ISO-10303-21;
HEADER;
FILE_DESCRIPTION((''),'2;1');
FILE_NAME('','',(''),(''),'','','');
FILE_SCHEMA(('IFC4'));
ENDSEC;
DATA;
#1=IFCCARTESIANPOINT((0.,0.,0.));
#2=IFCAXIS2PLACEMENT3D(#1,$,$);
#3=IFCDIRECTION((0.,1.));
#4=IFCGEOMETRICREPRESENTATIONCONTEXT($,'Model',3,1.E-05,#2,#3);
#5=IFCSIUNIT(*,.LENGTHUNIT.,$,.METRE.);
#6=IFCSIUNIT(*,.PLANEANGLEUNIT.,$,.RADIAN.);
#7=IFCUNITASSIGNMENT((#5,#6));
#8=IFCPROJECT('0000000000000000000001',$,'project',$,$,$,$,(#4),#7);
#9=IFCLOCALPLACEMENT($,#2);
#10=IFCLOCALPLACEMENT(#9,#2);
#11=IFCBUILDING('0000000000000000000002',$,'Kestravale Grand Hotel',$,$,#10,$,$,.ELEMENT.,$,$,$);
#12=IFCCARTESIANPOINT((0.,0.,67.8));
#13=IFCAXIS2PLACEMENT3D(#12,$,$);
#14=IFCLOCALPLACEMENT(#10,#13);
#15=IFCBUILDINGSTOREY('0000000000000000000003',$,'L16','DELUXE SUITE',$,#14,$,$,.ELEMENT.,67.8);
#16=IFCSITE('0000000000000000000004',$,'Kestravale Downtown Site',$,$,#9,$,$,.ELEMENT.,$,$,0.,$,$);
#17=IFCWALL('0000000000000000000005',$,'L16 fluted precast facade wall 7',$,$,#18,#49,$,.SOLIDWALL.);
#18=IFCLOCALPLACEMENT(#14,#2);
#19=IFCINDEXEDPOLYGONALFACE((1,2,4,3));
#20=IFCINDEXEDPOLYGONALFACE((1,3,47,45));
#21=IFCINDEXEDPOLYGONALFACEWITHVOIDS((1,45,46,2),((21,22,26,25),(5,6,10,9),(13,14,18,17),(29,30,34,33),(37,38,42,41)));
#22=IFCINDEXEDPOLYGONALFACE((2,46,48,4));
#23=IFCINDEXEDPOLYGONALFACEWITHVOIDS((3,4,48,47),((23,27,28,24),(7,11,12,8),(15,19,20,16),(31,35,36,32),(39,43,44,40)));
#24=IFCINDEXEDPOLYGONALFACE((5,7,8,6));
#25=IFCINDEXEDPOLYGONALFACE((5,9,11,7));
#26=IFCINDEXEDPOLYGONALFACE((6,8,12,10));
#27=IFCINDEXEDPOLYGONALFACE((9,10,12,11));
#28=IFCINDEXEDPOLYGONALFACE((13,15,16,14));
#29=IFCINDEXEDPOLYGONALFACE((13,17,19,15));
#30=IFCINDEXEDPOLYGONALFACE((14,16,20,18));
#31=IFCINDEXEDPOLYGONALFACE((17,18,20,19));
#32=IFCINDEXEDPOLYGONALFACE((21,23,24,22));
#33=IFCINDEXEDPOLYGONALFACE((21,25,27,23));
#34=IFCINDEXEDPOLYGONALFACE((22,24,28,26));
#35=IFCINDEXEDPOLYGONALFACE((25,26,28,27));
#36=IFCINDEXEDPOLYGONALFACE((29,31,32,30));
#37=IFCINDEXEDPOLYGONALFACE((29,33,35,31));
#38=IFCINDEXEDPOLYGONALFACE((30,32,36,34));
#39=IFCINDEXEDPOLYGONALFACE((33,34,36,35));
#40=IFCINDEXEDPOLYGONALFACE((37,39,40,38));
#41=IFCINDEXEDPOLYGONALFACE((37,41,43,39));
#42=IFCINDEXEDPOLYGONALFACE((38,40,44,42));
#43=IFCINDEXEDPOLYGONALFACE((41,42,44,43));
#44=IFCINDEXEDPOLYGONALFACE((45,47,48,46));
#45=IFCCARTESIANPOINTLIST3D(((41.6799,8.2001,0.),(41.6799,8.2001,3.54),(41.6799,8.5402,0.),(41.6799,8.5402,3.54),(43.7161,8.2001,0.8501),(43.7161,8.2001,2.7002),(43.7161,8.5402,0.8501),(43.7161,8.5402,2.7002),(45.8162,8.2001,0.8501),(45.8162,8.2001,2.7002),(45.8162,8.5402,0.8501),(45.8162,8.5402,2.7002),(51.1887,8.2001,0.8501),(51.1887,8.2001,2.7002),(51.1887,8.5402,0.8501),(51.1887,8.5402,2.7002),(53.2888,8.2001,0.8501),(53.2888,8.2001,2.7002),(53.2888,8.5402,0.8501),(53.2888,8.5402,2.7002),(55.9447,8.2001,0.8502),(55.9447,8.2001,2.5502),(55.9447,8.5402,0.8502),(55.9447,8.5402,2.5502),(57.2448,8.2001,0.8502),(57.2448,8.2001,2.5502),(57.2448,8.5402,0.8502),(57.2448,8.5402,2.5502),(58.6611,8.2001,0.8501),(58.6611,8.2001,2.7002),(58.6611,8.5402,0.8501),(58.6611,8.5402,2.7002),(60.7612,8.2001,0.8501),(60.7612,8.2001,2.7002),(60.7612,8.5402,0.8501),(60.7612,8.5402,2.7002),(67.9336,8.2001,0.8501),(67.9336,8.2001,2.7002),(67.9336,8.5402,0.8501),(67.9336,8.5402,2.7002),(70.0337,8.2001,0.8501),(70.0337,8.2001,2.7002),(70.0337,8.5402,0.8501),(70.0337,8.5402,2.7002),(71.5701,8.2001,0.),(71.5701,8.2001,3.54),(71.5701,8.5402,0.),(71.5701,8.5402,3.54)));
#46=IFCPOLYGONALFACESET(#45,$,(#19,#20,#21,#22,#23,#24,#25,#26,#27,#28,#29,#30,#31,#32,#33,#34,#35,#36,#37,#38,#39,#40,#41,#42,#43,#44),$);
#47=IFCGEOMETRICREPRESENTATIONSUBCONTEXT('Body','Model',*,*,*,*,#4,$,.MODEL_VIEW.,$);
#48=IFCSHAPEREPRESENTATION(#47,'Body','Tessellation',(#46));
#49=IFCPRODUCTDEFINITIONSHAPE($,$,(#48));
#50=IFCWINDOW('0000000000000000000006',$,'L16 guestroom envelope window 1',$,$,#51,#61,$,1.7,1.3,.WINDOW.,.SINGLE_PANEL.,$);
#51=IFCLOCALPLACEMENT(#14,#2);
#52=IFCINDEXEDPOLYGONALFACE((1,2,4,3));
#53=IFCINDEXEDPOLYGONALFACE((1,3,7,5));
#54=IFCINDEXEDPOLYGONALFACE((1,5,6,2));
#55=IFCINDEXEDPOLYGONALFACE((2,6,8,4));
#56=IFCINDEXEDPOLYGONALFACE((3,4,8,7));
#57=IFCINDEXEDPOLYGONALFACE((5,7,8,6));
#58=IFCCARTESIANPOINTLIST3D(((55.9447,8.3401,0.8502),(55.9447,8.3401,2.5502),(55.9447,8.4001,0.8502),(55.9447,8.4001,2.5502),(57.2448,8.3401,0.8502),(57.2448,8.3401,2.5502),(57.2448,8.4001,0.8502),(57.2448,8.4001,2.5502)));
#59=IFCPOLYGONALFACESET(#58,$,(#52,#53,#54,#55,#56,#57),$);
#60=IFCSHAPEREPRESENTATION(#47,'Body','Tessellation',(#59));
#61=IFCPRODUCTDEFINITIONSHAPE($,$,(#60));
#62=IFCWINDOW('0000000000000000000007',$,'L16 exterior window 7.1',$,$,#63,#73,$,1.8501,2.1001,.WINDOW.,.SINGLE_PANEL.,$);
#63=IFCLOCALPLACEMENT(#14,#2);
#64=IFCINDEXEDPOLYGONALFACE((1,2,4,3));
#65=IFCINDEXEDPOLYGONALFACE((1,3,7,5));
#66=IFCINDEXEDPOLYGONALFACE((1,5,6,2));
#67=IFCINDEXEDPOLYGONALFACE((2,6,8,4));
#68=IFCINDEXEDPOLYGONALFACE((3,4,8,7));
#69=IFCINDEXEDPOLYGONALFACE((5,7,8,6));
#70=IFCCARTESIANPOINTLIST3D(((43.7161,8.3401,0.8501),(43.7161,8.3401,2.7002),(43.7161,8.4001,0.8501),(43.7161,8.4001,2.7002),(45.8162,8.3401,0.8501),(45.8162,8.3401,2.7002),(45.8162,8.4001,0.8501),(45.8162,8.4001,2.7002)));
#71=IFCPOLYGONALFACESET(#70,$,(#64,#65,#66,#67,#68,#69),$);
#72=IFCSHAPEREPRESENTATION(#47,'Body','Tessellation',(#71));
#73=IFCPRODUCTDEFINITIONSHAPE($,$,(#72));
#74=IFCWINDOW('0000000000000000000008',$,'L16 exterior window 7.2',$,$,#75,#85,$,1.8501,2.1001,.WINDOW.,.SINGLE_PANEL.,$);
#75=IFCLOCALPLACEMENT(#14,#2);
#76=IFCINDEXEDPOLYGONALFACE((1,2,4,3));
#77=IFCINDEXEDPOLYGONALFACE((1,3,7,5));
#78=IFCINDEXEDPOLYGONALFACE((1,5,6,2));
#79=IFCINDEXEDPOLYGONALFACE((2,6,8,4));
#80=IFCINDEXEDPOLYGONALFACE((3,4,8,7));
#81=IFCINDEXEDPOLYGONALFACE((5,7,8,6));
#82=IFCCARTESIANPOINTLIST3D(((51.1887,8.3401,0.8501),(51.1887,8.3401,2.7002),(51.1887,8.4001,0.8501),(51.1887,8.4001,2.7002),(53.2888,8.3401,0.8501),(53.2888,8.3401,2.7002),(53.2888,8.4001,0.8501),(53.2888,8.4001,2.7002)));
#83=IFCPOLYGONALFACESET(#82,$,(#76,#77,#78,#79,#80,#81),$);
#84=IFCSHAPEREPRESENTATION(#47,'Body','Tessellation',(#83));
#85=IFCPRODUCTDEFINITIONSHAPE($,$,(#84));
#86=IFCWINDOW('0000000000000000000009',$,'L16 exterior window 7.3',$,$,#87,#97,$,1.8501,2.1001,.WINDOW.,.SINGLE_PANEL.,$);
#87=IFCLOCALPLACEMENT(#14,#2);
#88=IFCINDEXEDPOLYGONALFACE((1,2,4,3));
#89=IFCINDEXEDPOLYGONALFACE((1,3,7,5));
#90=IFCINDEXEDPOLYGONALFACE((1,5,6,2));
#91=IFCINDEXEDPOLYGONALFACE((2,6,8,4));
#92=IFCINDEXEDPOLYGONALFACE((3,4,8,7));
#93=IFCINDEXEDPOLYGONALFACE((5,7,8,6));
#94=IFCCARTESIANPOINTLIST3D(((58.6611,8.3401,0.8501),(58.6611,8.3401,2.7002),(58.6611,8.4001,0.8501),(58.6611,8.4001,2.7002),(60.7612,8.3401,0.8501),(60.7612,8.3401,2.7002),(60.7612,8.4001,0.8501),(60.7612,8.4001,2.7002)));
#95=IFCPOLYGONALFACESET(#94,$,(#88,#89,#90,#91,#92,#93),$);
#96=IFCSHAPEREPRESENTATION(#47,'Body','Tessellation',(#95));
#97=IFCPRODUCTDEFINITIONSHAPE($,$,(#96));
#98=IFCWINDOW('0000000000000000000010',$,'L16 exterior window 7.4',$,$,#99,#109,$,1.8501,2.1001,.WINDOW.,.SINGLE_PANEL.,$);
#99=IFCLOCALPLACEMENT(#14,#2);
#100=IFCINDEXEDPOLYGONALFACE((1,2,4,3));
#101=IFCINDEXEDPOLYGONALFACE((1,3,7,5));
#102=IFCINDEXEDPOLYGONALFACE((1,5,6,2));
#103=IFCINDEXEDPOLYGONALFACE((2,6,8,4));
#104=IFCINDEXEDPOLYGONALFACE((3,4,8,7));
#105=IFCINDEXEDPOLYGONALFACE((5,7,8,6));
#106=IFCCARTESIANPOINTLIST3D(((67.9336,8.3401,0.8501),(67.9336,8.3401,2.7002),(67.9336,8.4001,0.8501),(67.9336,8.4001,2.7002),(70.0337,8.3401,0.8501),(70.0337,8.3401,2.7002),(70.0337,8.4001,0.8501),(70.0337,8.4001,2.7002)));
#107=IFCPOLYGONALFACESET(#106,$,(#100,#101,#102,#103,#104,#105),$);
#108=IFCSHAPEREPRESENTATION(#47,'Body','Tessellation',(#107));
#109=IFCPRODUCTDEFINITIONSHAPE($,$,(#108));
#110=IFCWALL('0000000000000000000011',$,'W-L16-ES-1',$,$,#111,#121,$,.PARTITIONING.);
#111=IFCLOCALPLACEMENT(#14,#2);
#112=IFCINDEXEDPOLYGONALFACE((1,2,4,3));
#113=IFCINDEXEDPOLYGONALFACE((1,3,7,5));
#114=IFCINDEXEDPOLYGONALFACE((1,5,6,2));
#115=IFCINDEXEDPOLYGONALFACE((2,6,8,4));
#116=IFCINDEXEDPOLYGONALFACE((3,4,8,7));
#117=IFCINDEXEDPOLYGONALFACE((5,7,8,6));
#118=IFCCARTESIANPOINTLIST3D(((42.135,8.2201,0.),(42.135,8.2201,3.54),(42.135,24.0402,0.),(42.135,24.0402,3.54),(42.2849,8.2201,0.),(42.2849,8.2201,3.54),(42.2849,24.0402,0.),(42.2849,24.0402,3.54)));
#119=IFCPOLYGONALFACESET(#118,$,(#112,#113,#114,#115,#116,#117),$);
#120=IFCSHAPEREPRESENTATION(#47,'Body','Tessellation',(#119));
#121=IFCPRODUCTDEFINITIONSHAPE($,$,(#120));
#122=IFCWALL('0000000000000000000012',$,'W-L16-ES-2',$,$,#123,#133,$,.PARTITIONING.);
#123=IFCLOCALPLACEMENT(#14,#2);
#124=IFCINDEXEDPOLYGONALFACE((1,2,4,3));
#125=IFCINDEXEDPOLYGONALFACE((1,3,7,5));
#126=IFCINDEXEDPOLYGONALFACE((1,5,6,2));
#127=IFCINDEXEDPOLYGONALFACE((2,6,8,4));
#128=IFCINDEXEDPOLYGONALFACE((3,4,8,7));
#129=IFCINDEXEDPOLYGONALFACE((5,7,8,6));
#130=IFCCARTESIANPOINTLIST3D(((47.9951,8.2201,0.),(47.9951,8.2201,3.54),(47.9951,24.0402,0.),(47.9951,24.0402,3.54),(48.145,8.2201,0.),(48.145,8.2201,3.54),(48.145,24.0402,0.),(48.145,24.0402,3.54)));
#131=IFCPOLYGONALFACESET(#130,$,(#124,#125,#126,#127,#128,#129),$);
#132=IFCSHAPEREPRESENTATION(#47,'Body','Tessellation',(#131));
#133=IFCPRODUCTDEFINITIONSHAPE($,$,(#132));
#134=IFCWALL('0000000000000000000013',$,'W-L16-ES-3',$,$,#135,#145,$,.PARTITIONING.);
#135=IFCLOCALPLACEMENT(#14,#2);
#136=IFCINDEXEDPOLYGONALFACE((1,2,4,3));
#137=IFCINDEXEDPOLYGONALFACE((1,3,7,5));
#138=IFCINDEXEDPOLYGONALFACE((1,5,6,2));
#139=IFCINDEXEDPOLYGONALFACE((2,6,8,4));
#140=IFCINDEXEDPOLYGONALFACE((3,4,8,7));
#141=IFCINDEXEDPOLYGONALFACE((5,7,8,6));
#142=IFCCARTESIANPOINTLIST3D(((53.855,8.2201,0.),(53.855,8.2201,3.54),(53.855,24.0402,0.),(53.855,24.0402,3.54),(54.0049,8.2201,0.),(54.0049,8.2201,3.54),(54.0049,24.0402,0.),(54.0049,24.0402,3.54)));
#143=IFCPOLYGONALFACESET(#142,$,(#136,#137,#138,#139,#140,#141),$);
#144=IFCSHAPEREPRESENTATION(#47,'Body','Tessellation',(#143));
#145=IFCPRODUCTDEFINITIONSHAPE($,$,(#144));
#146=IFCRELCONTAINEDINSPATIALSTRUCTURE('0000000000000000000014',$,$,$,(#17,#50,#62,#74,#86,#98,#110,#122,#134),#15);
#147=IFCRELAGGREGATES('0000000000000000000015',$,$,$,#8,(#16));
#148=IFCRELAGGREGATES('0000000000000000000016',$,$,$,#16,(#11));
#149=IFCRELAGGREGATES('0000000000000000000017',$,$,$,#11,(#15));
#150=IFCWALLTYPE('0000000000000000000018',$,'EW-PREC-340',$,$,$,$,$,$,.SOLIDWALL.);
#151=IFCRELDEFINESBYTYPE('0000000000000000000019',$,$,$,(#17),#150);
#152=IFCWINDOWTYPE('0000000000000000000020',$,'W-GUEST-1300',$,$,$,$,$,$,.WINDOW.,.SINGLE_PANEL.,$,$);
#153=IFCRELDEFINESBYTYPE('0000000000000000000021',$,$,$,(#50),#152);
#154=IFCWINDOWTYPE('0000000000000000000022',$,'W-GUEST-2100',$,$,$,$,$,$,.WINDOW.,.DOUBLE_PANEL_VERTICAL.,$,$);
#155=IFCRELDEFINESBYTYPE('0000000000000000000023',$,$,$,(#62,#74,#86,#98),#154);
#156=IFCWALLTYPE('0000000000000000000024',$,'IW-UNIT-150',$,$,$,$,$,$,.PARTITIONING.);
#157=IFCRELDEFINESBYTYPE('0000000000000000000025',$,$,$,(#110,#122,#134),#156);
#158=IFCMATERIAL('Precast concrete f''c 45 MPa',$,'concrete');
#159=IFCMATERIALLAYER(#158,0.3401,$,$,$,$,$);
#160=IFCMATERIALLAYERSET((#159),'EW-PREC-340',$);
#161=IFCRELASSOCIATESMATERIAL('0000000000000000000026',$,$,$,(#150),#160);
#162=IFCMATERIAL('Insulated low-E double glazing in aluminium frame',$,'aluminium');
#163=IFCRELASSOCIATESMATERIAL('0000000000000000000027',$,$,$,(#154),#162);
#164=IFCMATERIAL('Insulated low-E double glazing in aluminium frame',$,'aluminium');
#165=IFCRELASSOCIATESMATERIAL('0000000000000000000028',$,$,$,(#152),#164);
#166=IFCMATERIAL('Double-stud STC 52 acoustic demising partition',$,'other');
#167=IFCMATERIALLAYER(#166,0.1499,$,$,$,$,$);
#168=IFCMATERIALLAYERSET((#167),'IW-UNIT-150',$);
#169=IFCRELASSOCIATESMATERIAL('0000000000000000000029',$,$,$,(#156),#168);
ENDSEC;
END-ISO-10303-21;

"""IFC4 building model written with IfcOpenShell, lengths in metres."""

from ifc_helpers import new_model, si_unit, direction, frame, frame_2d, origin, place, context, subcontext, project, spatial, rectangle, extrude, material, layer, layer_set, type_object, element, fill, save


model = new_model("IFC4")

# Units and contexts
model_context = context("Model", 3, precision=1e-05, world=origin(), true_north=direction((0.0, 1.0)))
body_context = subcontext(model_context, "Body", "Model", "MODEL_VIEW")
ifc_project = project(units=[si_unit("LENGTHUNIT", "METRE"), si_unit("PLANEANGLEUNIT", "RADIAN")], contexts=[model_context])

# Site, building, storey
site_placement = place(None, origin())
site = spatial("IfcSite", under=ifc_project, at=site_placement, Name="Kestravale Downtown Site", CompositionType="ELEMENT", RefElevation=0.0)
building_placement = place(site_placement, origin())
building = spatial("IfcBuilding", under=site, at=building_placement, Name="Kestravale Grand Hotel", CompositionType="ELEMENT")
storey_placement = place(building_placement, frame((0.0, 0.0, 67.8)))
storey = spatial("IfcBuildingStorey", under=building, at=storey_placement, Name="L16", Description="DELUXE SUITE", CompositionType="ELEMENT", Elevation=67.8)

# Shared definitions
ifc_material_1 = material(Name="Precast concrete f'c 45 MPa", Category="concrete")
ifc_layer_1 = layer(ifc_material_1, 0.3401)
ifc_layer_set_1 = layer_set([ifc_layer_1], Name="EW-PREC-340")
wall_type_1 = type_object("IfcWallType", Name="EW-PREC-340", PredefinedType="SOLIDWALL", material=ifc_layer_set_1)

# Shared definitions
ifc_material_2 = material(Name="Insulated low-E double glazing in aluminium frame", Category="aluminium")
window_type_1 = type_object("IfcWindowType", Name="W-GUEST-2100", PartitioningType="DOUBLE_PANEL_VERTICAL", PredefinedType="WINDOW", material=ifc_material_2)

# Wall, openings, windows
wall_1_placement = place(storey_placement, frame((41.6799, 8.3701, 0.0), z_axis=(0.0, 0.0, 1.0), x_axis=(1.0, 0.0, 0.0)))
wall_1 = element("IfcWall", 1, at=wall_1_placement, inside=storey, type_object=wall_type_1, Name="L16 fluted precast facade wall 7", PredefinedType="SOLIDWALL", context=body_context, shape_type="SweptSolid", body=[
    extrude(rectangle(XDim=29.8901, YDim=0.3401, at=frame_2d((14.9451, 0.0))), origin(), (0.0, 0.0, 1.0), 3.54),
])
opening_1_placement = place(wall_1_placement, frame((2.0361, 0.0, 0.8501)))
opening_1 = element("IfcOpeningElement", 2, at=opening_1_placement, cuts=wall_1, PredefinedType="OPENING", context=body_context, shape_type="SweptSolid", body=[
    extrude(rectangle(XDim=2.1001, YDim=1.8501, at=frame_2d((1.05, 0.925))), frame((0.0, 0.1799, 0.0), z_axis=(0.0, -1.0, 0.0), x_axis=(1.0, 0.0, 0.0)), (0.0, 0.0, 1.0), 0.3601),
])
opening_2_placement = place(wall_1_placement, frame((9.5088, 0.0, 0.8501)))
opening_2 = element("IfcOpeningElement", 3, at=opening_2_placement, cuts=wall_1, PredefinedType="OPENING", context=body_context, shape_type="SweptSolid", body=[
    extrude(rectangle(XDim=2.1001, YDim=1.8501, at=frame_2d((1.05, 0.925))), frame((0.0, 0.1799, 0.0), z_axis=(0.0, -1.0, 0.0), x_axis=(1.0, 0.0, 0.0)), (0.0, 0.0, 1.0), 0.3601),
])
opening_3_placement = place(wall_1_placement, frame((16.9812, 0.0, 0.8501)))
opening_3 = element("IfcOpeningElement", 4, at=opening_3_placement, cuts=wall_1, PredefinedType="OPENING", context=body_context, shape_type="SweptSolid", body=[
    extrude(rectangle(XDim=2.1001, YDim=1.8501, at=frame_2d((1.05, 0.925))), frame((0.0, 0.1799, 0.0), z_axis=(0.0, -1.0, 0.0), x_axis=(1.0, 0.0, 0.0)), (0.0, 0.0, 1.0), 0.3601),
])
opening_4_placement = place(wall_1_placement, frame((26.2537, 0.0, 0.8501)))
opening_4 = element("IfcOpeningElement", 5, at=opening_4_placement, cuts=wall_1, PredefinedType="OPENING", context=body_context, shape_type="SweptSolid", body=[
    extrude(rectangle(XDim=2.1001, YDim=1.8501, at=frame_2d((1.05, 0.925))), frame((0.0, 0.1799, 0.0), z_axis=(0.0, -1.0, 0.0), x_axis=(1.0, 0.0, 0.0)), (0.0, 0.0, 1.0), 0.3601),
])
opening_5_placement = place(wall_1_placement, frame((14.2649, 0.0, 0.8501)))
opening_5 = element("IfcOpeningElement", 6, at=opening_5_placement, cuts=wall_1, PredefinedType="OPENING", context=body_context, shape_type="SweptSolid", body=[
    extrude(rectangle(XDim=1.3, YDim=1.7, at=frame_2d((0.6499, 0.8501))), frame((0.0, 0.1799, 0.0), z_axis=(0.0, -1.0, 0.0), x_axis=(1.0, 0.0, 0.0)), (0.0, 0.0, 1.0), 0.3601),
])
ifc_material_3 = material(Name="Insulated low-E double glazing in aluminium frame", Category="aluminium")
window_type_2 = type_object("IfcWindowType", Name="W-GUEST-1300", PartitioningType="SINGLE_PANEL", PredefinedType="WINDOW", material=ifc_material_3)
window_1_placement = place(opening_5_placement, origin())
window_1 = element("IfcWindow", 7, at=window_1_placement, inside=storey, type_object=window_type_2, Name="L16 guestroom envelope window 1", OverallHeight=1.7, OverallWidth=1.3, PartitioningType="SINGLE_PANEL", PredefinedType="WINDOW", context=body_context, shape_type="SweptSolid", body=[
    extrude(rectangle(XDim=1.3, YDim=1.7, at=frame_2d((0.6499, 0.8501))), frame((0.0, 0.03, 0.0), z_axis=(0.0, -1.0, 0.0), x_axis=(1.0, 0.0, 0.0)), (0.0, 0.0, 1.0), 0.0601),
])
fill(opening_5, window_1)
window_2_placement = place(opening_1_placement, origin())
window_2 = element("IfcWindow", 8, at=window_2_placement, inside=storey, type_object=window_type_1, Name="L16 exterior window 7.1", OverallHeight=1.8501, OverallWidth=2.1001, PartitioningType="SINGLE_PANEL", PredefinedType="WINDOW", context=body_context, shape_type="SweptSolid", body=[
    extrude(rectangle(XDim=2.1001, YDim=1.8501, at=frame_2d((1.05, 0.925))), frame((0.0, 0.03, 0.0), z_axis=(0.0, -1.0, 0.0), x_axis=(1.0, 0.0, 0.0)), (0.0, 0.0, 1.0), 0.0601),
])
fill(opening_1, window_2)
window_3_placement = place(opening_2_placement, origin())
window_3 = element("IfcWindow", 9, at=window_3_placement, inside=storey, type_object=window_type_1, Name="L16 exterior window 7.2", OverallHeight=1.8501, OverallWidth=2.1001, PartitioningType="SINGLE_PANEL", PredefinedType="WINDOW", context=body_context, shape_type="SweptSolid", body=[
    extrude(rectangle(XDim=2.1001, YDim=1.8501, at=frame_2d((1.05, 0.925))), frame((0.0, 0.03, 0.0), z_axis=(0.0, -1.0, 0.0), x_axis=(1.0, 0.0, 0.0)), (0.0, 0.0, 1.0), 0.0601),
])
fill(opening_2, window_3)
window_4_placement = place(opening_3_placement, origin())
window_4 = element("IfcWindow", 10, at=window_4_placement, inside=storey, type_object=window_type_1, Name="L16 exterior window 7.3", OverallHeight=1.8501, OverallWidth=2.1001, PartitioningType="SINGLE_PANEL", PredefinedType="WINDOW", context=body_context, shape_type="SweptSolid", body=[
    extrude(rectangle(XDim=2.1001, YDim=1.8501, at=frame_2d((1.05, 0.925))), frame((0.0, 0.03, 0.0), z_axis=(0.0, -1.0, 0.0), x_axis=(1.0, 0.0, 0.0)), (0.0, 0.0, 1.0), 0.0601),
])
fill(opening_3, window_4)
window_5_placement = place(opening_4_placement, origin())
window_5 = element("IfcWindow", 11, at=window_5_placement, inside=storey, type_object=window_type_1, Name="L16 exterior window 7.4", OverallHeight=1.8501, OverallWidth=2.1001, PartitioningType="SINGLE_PANEL", PredefinedType="WINDOW", context=body_context, shape_type="SweptSolid", body=[
    extrude(rectangle(XDim=2.1001, YDim=1.8501, at=frame_2d((1.05, 0.925))), frame((0.0, 0.03, 0.0), z_axis=(0.0, -1.0, 0.0), x_axis=(1.0, 0.0, 0.0)), (0.0, 0.0, 1.0), 0.0601),
])
fill(opening_4, window_5)

# Walls
ifc_material_4 = material(Name="Double-stud STC 52 acoustic demising partition", Category="other")
ifc_layer_2 = layer(ifc_material_4, 0.1499)
ifc_layer_set_2 = layer_set([ifc_layer_2], Name="IW-UNIT-150")
wall_type_2 = type_object("IfcWallType", Name="IW-UNIT-150", PredefinedType="PARTITIONING", material=ifc_layer_set_2)
for number, where, z_axis, x_axis, name in (
    (12, (42.21, 8.22, 0.0), (0.0, 0.0, 1.0), (0.0, 1.0, 0.0), "W-L16-ES-1"),
    (13, (48.0701, 8.22, 0.0), (0.0, 0.0, 1.0), (0.0, 1.0, 0.0), "W-L16-ES-2"),
    (14, (53.9299, 8.22, 0.0), (0.0, 0.0, 1.0), (0.0, 1.0, 0.0), "W-L16-ES-3"),
):
    element("IfcWall", number, at=place(storey_placement, frame(where, z_axis=z_axis, x_axis=x_axis)), inside=storey, type_object=wall_type_2, Name=name, PredefinedType="PARTITIONING", context=body_context, shape_type="SweptSolid", body=[
        extrude(rectangle(XDim=15.8201, YDim=0.1499, at=frame_2d((7.9102, 0.0))), origin(), (0.0, 0.0, 1.0), 3.54),
    ])

save(model, "model.ifc")
